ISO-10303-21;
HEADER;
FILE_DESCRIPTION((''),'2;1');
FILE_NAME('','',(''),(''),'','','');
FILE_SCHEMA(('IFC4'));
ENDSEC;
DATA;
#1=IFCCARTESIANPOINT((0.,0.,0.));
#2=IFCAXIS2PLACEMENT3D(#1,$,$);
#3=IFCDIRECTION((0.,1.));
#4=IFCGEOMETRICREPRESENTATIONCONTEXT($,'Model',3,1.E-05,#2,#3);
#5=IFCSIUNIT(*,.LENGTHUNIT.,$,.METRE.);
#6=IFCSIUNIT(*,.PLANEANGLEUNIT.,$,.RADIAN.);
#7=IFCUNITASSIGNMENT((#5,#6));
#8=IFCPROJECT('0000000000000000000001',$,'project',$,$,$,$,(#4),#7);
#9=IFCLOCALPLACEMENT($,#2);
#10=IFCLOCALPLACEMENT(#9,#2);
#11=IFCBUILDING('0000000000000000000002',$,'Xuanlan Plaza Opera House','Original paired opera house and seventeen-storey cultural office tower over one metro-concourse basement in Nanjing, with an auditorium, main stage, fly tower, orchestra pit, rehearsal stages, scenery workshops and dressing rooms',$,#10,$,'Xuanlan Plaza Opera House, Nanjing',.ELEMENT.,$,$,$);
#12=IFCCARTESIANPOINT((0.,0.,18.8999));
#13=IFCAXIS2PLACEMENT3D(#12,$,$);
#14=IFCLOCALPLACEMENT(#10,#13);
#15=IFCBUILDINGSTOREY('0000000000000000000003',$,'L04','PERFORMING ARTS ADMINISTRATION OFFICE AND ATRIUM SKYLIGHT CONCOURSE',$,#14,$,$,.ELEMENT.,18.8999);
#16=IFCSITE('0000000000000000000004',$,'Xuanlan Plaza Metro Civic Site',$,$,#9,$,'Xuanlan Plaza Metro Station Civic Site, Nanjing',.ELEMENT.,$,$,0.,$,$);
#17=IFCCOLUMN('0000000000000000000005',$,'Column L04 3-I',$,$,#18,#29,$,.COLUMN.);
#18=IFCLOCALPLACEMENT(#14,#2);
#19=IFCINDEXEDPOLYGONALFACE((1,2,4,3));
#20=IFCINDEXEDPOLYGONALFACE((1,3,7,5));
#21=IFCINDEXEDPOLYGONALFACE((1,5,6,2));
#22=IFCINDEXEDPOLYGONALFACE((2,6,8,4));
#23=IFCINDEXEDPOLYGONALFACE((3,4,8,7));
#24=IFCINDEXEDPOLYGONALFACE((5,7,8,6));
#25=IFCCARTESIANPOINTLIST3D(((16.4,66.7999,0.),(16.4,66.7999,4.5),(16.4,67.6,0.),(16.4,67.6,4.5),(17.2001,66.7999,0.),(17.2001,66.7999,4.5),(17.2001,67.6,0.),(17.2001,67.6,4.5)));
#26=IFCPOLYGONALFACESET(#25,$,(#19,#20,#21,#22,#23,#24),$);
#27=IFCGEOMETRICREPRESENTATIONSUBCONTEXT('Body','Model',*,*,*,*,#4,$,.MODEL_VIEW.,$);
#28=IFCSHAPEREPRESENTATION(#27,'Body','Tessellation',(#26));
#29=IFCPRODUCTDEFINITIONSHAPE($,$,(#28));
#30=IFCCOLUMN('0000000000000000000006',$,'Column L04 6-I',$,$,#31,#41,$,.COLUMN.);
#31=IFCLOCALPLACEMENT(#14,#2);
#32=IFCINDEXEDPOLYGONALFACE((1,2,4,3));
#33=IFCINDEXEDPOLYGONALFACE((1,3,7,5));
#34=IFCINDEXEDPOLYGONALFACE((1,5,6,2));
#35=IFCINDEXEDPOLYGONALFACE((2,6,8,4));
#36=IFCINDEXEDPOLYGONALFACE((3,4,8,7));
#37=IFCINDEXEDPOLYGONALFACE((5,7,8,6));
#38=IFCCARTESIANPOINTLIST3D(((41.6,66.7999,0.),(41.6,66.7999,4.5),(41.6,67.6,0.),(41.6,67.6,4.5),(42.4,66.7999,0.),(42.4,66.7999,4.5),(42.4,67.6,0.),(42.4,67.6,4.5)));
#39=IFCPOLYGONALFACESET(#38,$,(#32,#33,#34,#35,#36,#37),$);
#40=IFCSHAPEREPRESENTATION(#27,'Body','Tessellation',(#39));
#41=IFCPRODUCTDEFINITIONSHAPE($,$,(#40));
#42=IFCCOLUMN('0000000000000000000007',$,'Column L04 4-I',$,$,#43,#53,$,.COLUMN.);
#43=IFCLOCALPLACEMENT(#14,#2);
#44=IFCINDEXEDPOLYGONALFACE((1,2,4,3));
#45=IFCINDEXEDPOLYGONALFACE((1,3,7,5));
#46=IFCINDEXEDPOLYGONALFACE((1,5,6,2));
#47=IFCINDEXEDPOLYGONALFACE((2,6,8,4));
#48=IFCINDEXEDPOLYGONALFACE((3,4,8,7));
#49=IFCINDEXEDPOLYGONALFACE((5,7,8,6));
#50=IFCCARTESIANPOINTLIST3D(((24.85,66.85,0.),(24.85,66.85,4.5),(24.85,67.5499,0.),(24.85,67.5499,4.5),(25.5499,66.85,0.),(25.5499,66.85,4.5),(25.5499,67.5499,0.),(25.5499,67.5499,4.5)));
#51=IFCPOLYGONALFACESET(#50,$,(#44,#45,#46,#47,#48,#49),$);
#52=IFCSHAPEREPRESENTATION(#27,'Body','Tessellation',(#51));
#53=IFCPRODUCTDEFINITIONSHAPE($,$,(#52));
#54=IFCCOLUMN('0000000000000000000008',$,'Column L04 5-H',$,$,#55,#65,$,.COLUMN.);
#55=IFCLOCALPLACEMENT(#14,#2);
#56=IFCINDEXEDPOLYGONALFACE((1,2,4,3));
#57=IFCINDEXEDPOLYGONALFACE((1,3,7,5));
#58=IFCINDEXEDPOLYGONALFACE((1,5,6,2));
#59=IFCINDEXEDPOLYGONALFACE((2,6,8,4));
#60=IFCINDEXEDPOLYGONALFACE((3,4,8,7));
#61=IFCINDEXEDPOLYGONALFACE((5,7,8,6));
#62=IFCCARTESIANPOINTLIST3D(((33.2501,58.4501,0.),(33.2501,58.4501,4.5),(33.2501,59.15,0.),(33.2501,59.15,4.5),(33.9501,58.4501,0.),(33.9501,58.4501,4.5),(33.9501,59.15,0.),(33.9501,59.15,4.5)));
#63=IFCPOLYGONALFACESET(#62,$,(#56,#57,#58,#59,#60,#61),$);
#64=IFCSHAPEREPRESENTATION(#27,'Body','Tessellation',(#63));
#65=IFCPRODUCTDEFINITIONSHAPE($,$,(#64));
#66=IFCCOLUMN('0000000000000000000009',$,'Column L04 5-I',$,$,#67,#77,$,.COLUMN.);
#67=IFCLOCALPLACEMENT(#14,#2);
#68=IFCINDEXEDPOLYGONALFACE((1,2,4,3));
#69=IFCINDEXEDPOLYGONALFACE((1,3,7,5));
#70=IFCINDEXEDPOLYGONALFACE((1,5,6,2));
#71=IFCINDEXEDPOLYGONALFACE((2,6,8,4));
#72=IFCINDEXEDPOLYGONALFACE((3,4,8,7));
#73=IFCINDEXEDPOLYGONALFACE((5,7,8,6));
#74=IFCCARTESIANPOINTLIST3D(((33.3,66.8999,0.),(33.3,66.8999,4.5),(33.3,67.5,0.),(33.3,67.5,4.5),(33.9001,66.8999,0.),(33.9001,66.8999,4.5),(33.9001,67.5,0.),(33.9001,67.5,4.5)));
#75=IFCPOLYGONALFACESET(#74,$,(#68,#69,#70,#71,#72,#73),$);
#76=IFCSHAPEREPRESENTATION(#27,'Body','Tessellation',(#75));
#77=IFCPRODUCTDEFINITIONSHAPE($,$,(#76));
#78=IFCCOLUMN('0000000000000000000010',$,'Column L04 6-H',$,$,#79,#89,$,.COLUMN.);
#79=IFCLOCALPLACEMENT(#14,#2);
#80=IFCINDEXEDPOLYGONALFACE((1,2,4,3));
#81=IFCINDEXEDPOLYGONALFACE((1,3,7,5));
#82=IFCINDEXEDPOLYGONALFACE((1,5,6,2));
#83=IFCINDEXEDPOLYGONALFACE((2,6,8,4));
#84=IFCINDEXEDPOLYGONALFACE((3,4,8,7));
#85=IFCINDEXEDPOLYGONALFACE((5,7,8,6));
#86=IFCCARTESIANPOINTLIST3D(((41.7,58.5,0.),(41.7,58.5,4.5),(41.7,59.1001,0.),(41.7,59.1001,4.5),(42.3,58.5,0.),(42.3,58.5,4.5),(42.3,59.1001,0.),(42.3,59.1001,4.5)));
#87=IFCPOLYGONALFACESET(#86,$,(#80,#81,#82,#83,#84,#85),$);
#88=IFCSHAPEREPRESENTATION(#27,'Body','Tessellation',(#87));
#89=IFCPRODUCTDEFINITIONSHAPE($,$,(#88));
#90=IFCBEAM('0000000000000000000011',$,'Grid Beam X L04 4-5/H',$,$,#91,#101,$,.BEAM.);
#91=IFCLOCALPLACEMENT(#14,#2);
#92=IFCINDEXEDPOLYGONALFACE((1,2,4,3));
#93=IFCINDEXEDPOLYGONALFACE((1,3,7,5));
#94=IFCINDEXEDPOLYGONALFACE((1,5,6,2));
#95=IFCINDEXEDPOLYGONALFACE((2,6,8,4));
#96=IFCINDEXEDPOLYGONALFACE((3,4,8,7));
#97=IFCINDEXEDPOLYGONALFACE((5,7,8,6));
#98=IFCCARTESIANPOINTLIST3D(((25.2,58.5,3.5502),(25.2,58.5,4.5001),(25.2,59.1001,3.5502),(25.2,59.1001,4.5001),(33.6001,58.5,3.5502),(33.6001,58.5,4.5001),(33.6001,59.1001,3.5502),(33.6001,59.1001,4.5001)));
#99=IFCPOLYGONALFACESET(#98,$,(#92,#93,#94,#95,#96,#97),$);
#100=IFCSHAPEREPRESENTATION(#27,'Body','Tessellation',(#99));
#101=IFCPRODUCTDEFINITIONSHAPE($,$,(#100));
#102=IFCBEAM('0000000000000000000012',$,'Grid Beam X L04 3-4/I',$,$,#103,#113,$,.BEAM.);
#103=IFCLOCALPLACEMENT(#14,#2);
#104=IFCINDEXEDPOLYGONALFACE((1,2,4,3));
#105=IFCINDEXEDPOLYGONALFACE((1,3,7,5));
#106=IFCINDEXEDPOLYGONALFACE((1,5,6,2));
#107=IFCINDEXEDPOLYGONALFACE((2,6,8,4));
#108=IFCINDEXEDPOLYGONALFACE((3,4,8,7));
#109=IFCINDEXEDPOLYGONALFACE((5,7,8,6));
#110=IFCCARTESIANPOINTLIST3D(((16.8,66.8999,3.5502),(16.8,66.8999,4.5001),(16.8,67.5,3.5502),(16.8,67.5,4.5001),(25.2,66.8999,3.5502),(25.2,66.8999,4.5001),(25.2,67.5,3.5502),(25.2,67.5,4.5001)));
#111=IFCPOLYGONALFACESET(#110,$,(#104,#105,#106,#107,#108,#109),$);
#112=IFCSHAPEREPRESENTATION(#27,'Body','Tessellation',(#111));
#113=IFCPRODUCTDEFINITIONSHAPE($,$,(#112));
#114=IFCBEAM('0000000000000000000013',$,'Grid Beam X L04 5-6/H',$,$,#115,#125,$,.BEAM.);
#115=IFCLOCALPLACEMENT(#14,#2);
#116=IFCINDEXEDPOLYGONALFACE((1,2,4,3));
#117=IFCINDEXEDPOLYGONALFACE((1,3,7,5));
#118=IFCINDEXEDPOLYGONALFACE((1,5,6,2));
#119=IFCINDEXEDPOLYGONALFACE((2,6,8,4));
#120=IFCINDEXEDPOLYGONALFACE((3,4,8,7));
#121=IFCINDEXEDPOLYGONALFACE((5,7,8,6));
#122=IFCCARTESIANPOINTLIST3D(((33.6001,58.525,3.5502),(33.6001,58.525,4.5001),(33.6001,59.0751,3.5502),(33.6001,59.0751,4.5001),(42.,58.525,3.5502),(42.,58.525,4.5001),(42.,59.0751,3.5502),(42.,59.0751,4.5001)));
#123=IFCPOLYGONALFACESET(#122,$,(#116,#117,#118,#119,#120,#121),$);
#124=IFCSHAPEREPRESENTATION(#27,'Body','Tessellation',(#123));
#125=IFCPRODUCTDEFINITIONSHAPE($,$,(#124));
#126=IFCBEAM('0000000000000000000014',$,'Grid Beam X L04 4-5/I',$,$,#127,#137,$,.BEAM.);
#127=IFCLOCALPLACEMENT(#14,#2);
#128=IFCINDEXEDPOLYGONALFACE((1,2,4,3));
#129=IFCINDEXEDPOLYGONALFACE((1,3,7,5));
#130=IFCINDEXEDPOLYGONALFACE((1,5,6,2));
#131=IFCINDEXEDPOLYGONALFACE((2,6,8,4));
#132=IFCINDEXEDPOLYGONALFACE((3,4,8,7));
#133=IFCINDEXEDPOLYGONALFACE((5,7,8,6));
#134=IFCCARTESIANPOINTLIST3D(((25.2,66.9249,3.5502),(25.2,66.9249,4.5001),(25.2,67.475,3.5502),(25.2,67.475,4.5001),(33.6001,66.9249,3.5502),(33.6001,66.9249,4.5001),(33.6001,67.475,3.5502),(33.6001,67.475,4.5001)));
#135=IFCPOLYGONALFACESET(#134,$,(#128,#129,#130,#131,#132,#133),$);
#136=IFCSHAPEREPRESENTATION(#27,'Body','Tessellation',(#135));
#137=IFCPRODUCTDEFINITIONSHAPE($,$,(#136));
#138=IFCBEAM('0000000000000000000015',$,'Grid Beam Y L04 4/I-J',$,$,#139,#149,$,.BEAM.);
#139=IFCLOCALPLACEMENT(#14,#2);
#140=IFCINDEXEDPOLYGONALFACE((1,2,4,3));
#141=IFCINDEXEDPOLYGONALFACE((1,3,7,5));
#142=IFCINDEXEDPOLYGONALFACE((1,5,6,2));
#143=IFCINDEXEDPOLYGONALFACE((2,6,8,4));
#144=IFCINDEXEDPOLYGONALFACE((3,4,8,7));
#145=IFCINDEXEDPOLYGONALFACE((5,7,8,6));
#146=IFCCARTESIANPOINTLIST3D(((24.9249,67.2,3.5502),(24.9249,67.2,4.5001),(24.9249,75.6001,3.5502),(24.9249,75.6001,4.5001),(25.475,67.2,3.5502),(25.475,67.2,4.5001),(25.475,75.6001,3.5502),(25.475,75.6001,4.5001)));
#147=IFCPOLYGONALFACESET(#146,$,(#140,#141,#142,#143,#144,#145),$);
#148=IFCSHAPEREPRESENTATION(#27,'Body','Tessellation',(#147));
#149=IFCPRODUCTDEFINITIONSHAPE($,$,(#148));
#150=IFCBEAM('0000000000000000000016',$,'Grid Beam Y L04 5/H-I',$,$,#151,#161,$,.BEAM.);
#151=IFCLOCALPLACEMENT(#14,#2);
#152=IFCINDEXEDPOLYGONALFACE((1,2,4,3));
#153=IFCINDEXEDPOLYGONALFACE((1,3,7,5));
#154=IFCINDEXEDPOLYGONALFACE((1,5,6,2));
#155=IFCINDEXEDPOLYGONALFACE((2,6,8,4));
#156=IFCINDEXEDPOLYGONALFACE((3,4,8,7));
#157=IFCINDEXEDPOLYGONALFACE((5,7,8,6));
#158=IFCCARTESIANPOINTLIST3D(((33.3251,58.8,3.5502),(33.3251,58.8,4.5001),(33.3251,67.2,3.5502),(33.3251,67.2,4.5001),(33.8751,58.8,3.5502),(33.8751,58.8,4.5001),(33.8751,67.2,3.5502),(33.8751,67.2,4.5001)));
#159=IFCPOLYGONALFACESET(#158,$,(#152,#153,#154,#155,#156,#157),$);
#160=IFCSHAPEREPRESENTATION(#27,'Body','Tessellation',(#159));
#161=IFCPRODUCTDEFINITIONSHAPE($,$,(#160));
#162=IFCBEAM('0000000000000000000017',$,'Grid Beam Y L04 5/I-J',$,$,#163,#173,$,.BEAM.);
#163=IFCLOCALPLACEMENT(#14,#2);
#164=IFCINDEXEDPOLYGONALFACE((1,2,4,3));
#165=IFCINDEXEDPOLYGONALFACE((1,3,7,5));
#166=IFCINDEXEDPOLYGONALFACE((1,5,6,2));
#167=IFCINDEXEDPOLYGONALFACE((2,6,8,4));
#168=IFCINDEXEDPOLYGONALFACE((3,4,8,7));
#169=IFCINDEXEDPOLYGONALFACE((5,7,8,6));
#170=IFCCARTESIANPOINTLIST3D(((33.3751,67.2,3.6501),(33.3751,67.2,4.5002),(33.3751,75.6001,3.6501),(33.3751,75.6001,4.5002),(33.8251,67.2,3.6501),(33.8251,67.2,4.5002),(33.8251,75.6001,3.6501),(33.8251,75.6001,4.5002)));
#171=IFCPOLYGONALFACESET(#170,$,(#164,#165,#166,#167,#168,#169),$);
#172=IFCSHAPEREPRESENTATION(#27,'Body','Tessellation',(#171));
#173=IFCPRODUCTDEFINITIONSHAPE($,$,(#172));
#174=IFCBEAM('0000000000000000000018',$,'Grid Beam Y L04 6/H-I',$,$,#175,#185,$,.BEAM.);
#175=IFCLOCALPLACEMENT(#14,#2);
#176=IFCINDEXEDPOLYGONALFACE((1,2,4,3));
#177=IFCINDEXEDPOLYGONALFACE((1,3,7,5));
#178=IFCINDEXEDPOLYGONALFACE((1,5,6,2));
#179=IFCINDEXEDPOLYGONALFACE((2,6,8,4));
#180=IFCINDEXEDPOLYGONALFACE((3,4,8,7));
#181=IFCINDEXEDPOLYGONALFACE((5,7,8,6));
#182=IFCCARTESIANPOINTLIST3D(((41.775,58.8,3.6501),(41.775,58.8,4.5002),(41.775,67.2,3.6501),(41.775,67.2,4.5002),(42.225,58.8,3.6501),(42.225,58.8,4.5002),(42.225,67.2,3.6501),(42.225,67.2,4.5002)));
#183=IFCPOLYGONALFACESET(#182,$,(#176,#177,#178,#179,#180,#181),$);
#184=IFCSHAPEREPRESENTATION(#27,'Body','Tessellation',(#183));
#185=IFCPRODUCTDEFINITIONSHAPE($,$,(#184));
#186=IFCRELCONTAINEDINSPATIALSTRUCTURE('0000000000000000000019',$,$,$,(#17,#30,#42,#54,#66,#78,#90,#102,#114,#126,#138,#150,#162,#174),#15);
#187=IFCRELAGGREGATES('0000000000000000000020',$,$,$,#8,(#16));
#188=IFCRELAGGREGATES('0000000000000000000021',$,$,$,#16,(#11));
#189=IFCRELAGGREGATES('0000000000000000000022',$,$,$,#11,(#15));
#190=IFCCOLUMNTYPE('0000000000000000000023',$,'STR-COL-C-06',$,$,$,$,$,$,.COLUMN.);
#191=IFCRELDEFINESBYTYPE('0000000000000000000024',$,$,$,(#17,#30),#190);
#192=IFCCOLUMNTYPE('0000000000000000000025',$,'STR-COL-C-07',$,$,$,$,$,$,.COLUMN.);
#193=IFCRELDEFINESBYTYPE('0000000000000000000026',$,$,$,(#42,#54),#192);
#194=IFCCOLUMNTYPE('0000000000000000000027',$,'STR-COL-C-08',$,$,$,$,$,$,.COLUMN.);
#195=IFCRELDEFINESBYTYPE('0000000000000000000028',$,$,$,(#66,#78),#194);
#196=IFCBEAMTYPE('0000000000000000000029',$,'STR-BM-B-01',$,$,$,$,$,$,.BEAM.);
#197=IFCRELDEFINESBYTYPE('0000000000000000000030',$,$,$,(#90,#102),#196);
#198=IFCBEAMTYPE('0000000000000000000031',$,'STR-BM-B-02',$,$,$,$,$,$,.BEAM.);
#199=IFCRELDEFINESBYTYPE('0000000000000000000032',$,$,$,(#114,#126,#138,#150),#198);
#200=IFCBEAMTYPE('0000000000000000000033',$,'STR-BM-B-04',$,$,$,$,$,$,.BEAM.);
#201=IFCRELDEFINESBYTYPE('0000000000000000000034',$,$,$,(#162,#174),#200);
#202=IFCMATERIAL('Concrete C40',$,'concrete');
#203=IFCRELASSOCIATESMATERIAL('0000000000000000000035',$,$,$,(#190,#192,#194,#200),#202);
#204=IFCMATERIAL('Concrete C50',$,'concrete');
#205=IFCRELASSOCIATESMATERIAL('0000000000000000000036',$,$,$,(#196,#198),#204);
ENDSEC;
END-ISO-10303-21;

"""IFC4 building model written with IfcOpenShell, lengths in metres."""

from ifc_helpers import new_model, si_unit, direction, frame, origin, origin_2d, place, context, subcontext, project, spatial, rectangle, extrude, material, material_profile, profile_set, type_object, element, save


model = new_model("IFC4")

# Units and contexts
model_context = context("Model", 3, precision=1e-05, world=origin(), true_north=direction((0.0, 1.0)))
body_context = subcontext(model_context, "Body", "Model", "MODEL_VIEW")
ifc_project = project(units=[si_unit("LENGTHUNIT", "METRE"), si_unit("PLANEANGLEUNIT", "RADIAN")], contexts=[model_context])

# Site, building, storey
site_placement = place(None, origin())
site = spatial("IfcSite", under=ifc_project, at=site_placement, Name="Xuanlan Plaza Metro Civic Site", LongName="Xuanlan Plaza Metro Station Civic Site, Nanjing", CompositionType="ELEMENT", RefElevation=0.0)
building_placement = place(site_placement, origin())
building = spatial("IfcBuilding", under=site, at=building_placement, Name="Xuanlan Plaza Opera House", Description="Original paired opera house and seventeen-storey cultural office tower over one metro-concourse basement in Nanjing, with an auditorium, main stage, fly tower, orchestra pit, rehearsal stages, scenery workshops and dressing rooms", LongName="Xuanlan Plaza Opera House, Nanjing", CompositionType="ELEMENT")
storey_placement = place(building_placement, frame((0.0, 0.0, 18.8999)))
storey = spatial("IfcBuildingStorey", under=building, at=storey_placement, Name="L04", Description="PERFORMING ARTS ADMINISTRATION OFFICE AND ATRIUM SKYLIGHT CONCOURSE", CompositionType="ELEMENT", Elevation=18.8999)

# Columns
ifc_material_1 = material(Name="Concrete C40", Category="concrete")
ifc_material_profile_1 = material_profile(ifc_material_1, rectangle(XDim=0.8, YDim=0.8, at=origin_2d()), Name="RC-COL 800x800")
ifc_profile_set_1 = profile_set([ifc_material_profile_1], Name="Concrete C40")
column_type_1 = type_object("IfcColumnType", Name="STR-COL-C-06", PredefinedType="COLUMN", material=ifc_profile_set_1)
for number, where, z_axis, x_axis, name in (
    (1, (16.8, 67.2, 0.0), (0.0, 0.0, 1.0), (1.0, 0.0, 0.0), "Column L04 3-I"),
    (2, (42.0, 67.2, 0.0), (0.0, 0.0, 1.0), (1.0, 0.0, 0.0), "Column L04 6-I"),
):
    element("IfcColumn", number, at=place(storey_placement, frame(where, z_axis=z_axis, x_axis=x_axis)), inside=storey, type_object=column_type_1, Name=name, PredefinedType="COLUMN", context=body_context, shape_type="SweptSolid", body=[
        extrude(rectangle(XDim=0.8, YDim=0.8, at=origin_2d()), origin(), (0.0, 0.0, 1.0), 4.5),
    ])
ifc_material_profile_2 = material_profile(ifc_material_1, rectangle(XDim=0.7, YDim=0.7, at=origin_2d()), Name="RC-COL 700x700")
ifc_profile_set_2 = profile_set([ifc_material_profile_2], Name="Concrete C40")
column_type_2 = type_object("IfcColumnType", Name="STR-COL-C-07", PredefinedType="COLUMN", material=ifc_profile_set_2)
for number, where, z_axis, x_axis, name in (
    (3, (25.2, 67.2, 0.0), (0.0, 0.0, 1.0), (1.0, 0.0, 0.0), "Column L04 4-I"),
    (4, (33.6001, 58.8, 0.0), (0.0, 0.0, 1.0), (1.0, 0.0, 0.0), "Column L04 5-H"),
):
    element("IfcColumn", number, at=place(storey_placement, frame(where, z_axis=z_axis, x_axis=x_axis)), inside=storey, type_object=column_type_2, Name=name, PredefinedType="COLUMN", context=body_context, shape_type="SweptSolid", body=[
        extrude(rectangle(XDim=0.7, YDim=0.7, at=origin_2d()), origin(), (0.0, 0.0, 1.0), 4.5),
    ])
ifc_material_profile_3 = material_profile(ifc_material_1, rectangle(XDim=0.6001, YDim=0.6001, at=origin_2d()), Name="RC-COL 600x600")
ifc_profile_set_3 = profile_set([ifc_material_profile_3], Name="Concrete C40")
column_type_3 = type_object("IfcColumnType", Name="STR-COL-C-08", PredefinedType="COLUMN", material=ifc_profile_set_3)
for number, where, z_axis, x_axis, name in (
    (5, (33.6001, 67.2, 0.0), (0.0, 0.0, 1.0), (1.0, 0.0, 0.0), "Column L04 5-I"),
    (6, (42.0, 58.8, 0.0), (0.0, 0.0, 1.0), (1.0, 0.0, 0.0), "Column L04 6-H"),
):
    element("IfcColumn", number, at=place(storey_placement, frame(where, z_axis=z_axis, x_axis=x_axis)), inside=storey, type_object=column_type_3, Name=name, PredefinedType="COLUMN", context=body_context, shape_type="SweptSolid", body=[
        extrude(rectangle(XDim=0.6001, YDim=0.6001, at=origin_2d()), origin(), (0.0, 0.0, 1.0), 4.5),
    ])

# Beams
ifc_material_2 = material(Name="Concrete C50", Category="concrete")
ifc_material_profile_4 = material_profile(ifc_material_2, rectangle(XDim=0.6001, YDim=0.95, at=origin_2d()), Name="RC-BM 600x950")
ifc_profile_set_4 = profile_set([ifc_material_profile_4], Name="Concrete C50")
beam_type_1 = type_object("IfcBeamType", Name="STR-BM-B-01", PredefinedType="BEAM", material=ifc_profile_set_4)
beam_1_placement = place(storey_placement, frame((25.2, 58.8, 4.0251), z_axis=(1.0, 0.0, 0.0), x_axis=(0.0, 1.0, 0.0)))
element("IfcBeam", 7, at=beam_1_placement, inside=storey, type_object=beam_type_1, Name="Grid Beam X L04 4-5/H", PredefinedType="BEAM", context=body_context, shape_type="SweptSolid", body=[
    extrude(rectangle(XDim=0.6001, YDim=0.95, at=origin_2d()), origin(), (0.0, 0.0, 1.0), 8.4001),
])
beam_2_placement = place(storey_placement, frame((16.8, 67.2, 4.0251), z_axis=(1.0, 0.0, 0.0), x_axis=(0.0, 1.0, 0.0)))
element("IfcBeam", 8, at=beam_2_placement, inside=storey, type_object=beam_type_1, Name="Grid Beam X L04 3-4/I", PredefinedType="BEAM", context=body_context, shape_type="SweptSolid", body=[
    extrude(rectangle(XDim=0.6001, YDim=0.95, at=origin_2d()), origin(), (0.0, 0.0, 1.0), 8.3999),
])
ifc_material_profile_5 = material_profile(ifc_material_2, rectangle(XDim=0.55, YDim=0.95, at=origin_2d()), Name="RC-BM 550x950")
ifc_profile_set_5 = profile_set([ifc_material_profile_5], Name="Concrete C50")
beam_type_2 = type_object("IfcBeamType", Name="STR-BM-B-02", PredefinedType="BEAM", material=ifc_profile_set_5)
beam_3_placement = place(storey_placement, frame((33.6001, 58.8, 4.0251), z_axis=(1.0, 0.0, 0.0), x_axis=(0.0, 1.0, 0.0)))
element("IfcBeam", 9, at=beam_3_placement, inside=storey, type_object=beam_type_2, Name="Grid Beam X L04 5-6/H", PredefinedType="BEAM", context=body_context, shape_type="SweptSolid", body=[
    extrude(rectangle(XDim=0.55, YDim=0.95, at=origin_2d()), origin(), (0.0, 0.0, 1.0), 8.3999),
])
for number, where, z_axis, x_axis, name in (
    (10, (25.2, 67.2, 4.0251), (1.0, 0.0, 0.0), (0.0, 1.0, 0.0), "Grid Beam X L04 4-5/I"),
    (11, (25.2, 67.2, 4.0251), (0.0, 1.0, 0.0), (-1.0, 0.0, 0.0), "Grid Beam Y L04 4/I-J"),
):
    element("IfcBeam", number, at=place(storey_placement, frame(where, z_axis=z_axis, x_axis=x_axis)), inside=storey, type_object=beam_type_2, Name=name, PredefinedType="BEAM", context=body_context, shape_type="SweptSolid", body=[
        extrude(rectangle(XDim=0.55, YDim=0.95, at=origin_2d()), origin(), (0.0, 0.0, 1.0), 8.4001),
    ])
beam_4_placement = place(storey_placement, frame((33.6001, 58.8, 4.0251), z_axis=(0.0, 1.0, 0.0), x_axis=(-1.0, 0.0, 0.0)))
element("IfcBeam", 12, at=beam_4_placement, inside=storey, type_object=beam_type_2, Name="Grid Beam Y L04 5/H-I", PredefinedType="BEAM", context=body_context, shape_type="SweptSolid", body=[
    extrude(rectangle(XDim=0.55, YDim=0.95, at=origin_2d()), origin(), (0.0, 0.0, 1.0), 8.3999),
])
ifc_material_profile_6 = material_profile(ifc_material_1, rectangle(XDim=0.45, YDim=0.8501, at=origin_2d()), Name="RC-BM 450x850")
ifc_profile_set_6 = profile_set([ifc_material_profile_6], Name="Concrete C40")
beam_type_3 = type_object("IfcBeamType", Name="STR-BM-B-04", PredefinedType="BEAM", material=ifc_profile_set_6)
beam_5_placement = place(storey_placement, frame((33.6001, 67.2, 4.0752), z_axis=(0.0, 1.0, 0.0), x_axis=(-1.0, 0.0, 0.0)))
element("IfcBeam", 13, at=beam_5_placement, inside=storey, type_object=beam_type_3, Name="Grid Beam Y L04 5/I-J", PredefinedType="BEAM", context=body_context, shape_type="SweptSolid", body=[
    extrude(rectangle(XDim=0.45, YDim=0.8501, at=origin_2d()), origin(), (0.0, 0.0, 1.0), 8.4001),
])
beam_6_placement = place(storey_placement, frame((42.0, 58.8, 4.0752), z_axis=(0.0, 1.0, 0.0), x_axis=(-1.0, 0.0, 0.0)))
element("IfcBeam", 14, at=beam_6_placement, inside=storey, type_object=beam_type_3, Name="Grid Beam Y L04 6/H-I", PredefinedType="BEAM", context=body_context, shape_type="SweptSolid", body=[
    extrude(rectangle(XDim=0.45, YDim=0.8501, at=origin_2d()), origin(), (0.0, 0.0, 1.0), 8.3999),
])

save(model, "model.ifc")
